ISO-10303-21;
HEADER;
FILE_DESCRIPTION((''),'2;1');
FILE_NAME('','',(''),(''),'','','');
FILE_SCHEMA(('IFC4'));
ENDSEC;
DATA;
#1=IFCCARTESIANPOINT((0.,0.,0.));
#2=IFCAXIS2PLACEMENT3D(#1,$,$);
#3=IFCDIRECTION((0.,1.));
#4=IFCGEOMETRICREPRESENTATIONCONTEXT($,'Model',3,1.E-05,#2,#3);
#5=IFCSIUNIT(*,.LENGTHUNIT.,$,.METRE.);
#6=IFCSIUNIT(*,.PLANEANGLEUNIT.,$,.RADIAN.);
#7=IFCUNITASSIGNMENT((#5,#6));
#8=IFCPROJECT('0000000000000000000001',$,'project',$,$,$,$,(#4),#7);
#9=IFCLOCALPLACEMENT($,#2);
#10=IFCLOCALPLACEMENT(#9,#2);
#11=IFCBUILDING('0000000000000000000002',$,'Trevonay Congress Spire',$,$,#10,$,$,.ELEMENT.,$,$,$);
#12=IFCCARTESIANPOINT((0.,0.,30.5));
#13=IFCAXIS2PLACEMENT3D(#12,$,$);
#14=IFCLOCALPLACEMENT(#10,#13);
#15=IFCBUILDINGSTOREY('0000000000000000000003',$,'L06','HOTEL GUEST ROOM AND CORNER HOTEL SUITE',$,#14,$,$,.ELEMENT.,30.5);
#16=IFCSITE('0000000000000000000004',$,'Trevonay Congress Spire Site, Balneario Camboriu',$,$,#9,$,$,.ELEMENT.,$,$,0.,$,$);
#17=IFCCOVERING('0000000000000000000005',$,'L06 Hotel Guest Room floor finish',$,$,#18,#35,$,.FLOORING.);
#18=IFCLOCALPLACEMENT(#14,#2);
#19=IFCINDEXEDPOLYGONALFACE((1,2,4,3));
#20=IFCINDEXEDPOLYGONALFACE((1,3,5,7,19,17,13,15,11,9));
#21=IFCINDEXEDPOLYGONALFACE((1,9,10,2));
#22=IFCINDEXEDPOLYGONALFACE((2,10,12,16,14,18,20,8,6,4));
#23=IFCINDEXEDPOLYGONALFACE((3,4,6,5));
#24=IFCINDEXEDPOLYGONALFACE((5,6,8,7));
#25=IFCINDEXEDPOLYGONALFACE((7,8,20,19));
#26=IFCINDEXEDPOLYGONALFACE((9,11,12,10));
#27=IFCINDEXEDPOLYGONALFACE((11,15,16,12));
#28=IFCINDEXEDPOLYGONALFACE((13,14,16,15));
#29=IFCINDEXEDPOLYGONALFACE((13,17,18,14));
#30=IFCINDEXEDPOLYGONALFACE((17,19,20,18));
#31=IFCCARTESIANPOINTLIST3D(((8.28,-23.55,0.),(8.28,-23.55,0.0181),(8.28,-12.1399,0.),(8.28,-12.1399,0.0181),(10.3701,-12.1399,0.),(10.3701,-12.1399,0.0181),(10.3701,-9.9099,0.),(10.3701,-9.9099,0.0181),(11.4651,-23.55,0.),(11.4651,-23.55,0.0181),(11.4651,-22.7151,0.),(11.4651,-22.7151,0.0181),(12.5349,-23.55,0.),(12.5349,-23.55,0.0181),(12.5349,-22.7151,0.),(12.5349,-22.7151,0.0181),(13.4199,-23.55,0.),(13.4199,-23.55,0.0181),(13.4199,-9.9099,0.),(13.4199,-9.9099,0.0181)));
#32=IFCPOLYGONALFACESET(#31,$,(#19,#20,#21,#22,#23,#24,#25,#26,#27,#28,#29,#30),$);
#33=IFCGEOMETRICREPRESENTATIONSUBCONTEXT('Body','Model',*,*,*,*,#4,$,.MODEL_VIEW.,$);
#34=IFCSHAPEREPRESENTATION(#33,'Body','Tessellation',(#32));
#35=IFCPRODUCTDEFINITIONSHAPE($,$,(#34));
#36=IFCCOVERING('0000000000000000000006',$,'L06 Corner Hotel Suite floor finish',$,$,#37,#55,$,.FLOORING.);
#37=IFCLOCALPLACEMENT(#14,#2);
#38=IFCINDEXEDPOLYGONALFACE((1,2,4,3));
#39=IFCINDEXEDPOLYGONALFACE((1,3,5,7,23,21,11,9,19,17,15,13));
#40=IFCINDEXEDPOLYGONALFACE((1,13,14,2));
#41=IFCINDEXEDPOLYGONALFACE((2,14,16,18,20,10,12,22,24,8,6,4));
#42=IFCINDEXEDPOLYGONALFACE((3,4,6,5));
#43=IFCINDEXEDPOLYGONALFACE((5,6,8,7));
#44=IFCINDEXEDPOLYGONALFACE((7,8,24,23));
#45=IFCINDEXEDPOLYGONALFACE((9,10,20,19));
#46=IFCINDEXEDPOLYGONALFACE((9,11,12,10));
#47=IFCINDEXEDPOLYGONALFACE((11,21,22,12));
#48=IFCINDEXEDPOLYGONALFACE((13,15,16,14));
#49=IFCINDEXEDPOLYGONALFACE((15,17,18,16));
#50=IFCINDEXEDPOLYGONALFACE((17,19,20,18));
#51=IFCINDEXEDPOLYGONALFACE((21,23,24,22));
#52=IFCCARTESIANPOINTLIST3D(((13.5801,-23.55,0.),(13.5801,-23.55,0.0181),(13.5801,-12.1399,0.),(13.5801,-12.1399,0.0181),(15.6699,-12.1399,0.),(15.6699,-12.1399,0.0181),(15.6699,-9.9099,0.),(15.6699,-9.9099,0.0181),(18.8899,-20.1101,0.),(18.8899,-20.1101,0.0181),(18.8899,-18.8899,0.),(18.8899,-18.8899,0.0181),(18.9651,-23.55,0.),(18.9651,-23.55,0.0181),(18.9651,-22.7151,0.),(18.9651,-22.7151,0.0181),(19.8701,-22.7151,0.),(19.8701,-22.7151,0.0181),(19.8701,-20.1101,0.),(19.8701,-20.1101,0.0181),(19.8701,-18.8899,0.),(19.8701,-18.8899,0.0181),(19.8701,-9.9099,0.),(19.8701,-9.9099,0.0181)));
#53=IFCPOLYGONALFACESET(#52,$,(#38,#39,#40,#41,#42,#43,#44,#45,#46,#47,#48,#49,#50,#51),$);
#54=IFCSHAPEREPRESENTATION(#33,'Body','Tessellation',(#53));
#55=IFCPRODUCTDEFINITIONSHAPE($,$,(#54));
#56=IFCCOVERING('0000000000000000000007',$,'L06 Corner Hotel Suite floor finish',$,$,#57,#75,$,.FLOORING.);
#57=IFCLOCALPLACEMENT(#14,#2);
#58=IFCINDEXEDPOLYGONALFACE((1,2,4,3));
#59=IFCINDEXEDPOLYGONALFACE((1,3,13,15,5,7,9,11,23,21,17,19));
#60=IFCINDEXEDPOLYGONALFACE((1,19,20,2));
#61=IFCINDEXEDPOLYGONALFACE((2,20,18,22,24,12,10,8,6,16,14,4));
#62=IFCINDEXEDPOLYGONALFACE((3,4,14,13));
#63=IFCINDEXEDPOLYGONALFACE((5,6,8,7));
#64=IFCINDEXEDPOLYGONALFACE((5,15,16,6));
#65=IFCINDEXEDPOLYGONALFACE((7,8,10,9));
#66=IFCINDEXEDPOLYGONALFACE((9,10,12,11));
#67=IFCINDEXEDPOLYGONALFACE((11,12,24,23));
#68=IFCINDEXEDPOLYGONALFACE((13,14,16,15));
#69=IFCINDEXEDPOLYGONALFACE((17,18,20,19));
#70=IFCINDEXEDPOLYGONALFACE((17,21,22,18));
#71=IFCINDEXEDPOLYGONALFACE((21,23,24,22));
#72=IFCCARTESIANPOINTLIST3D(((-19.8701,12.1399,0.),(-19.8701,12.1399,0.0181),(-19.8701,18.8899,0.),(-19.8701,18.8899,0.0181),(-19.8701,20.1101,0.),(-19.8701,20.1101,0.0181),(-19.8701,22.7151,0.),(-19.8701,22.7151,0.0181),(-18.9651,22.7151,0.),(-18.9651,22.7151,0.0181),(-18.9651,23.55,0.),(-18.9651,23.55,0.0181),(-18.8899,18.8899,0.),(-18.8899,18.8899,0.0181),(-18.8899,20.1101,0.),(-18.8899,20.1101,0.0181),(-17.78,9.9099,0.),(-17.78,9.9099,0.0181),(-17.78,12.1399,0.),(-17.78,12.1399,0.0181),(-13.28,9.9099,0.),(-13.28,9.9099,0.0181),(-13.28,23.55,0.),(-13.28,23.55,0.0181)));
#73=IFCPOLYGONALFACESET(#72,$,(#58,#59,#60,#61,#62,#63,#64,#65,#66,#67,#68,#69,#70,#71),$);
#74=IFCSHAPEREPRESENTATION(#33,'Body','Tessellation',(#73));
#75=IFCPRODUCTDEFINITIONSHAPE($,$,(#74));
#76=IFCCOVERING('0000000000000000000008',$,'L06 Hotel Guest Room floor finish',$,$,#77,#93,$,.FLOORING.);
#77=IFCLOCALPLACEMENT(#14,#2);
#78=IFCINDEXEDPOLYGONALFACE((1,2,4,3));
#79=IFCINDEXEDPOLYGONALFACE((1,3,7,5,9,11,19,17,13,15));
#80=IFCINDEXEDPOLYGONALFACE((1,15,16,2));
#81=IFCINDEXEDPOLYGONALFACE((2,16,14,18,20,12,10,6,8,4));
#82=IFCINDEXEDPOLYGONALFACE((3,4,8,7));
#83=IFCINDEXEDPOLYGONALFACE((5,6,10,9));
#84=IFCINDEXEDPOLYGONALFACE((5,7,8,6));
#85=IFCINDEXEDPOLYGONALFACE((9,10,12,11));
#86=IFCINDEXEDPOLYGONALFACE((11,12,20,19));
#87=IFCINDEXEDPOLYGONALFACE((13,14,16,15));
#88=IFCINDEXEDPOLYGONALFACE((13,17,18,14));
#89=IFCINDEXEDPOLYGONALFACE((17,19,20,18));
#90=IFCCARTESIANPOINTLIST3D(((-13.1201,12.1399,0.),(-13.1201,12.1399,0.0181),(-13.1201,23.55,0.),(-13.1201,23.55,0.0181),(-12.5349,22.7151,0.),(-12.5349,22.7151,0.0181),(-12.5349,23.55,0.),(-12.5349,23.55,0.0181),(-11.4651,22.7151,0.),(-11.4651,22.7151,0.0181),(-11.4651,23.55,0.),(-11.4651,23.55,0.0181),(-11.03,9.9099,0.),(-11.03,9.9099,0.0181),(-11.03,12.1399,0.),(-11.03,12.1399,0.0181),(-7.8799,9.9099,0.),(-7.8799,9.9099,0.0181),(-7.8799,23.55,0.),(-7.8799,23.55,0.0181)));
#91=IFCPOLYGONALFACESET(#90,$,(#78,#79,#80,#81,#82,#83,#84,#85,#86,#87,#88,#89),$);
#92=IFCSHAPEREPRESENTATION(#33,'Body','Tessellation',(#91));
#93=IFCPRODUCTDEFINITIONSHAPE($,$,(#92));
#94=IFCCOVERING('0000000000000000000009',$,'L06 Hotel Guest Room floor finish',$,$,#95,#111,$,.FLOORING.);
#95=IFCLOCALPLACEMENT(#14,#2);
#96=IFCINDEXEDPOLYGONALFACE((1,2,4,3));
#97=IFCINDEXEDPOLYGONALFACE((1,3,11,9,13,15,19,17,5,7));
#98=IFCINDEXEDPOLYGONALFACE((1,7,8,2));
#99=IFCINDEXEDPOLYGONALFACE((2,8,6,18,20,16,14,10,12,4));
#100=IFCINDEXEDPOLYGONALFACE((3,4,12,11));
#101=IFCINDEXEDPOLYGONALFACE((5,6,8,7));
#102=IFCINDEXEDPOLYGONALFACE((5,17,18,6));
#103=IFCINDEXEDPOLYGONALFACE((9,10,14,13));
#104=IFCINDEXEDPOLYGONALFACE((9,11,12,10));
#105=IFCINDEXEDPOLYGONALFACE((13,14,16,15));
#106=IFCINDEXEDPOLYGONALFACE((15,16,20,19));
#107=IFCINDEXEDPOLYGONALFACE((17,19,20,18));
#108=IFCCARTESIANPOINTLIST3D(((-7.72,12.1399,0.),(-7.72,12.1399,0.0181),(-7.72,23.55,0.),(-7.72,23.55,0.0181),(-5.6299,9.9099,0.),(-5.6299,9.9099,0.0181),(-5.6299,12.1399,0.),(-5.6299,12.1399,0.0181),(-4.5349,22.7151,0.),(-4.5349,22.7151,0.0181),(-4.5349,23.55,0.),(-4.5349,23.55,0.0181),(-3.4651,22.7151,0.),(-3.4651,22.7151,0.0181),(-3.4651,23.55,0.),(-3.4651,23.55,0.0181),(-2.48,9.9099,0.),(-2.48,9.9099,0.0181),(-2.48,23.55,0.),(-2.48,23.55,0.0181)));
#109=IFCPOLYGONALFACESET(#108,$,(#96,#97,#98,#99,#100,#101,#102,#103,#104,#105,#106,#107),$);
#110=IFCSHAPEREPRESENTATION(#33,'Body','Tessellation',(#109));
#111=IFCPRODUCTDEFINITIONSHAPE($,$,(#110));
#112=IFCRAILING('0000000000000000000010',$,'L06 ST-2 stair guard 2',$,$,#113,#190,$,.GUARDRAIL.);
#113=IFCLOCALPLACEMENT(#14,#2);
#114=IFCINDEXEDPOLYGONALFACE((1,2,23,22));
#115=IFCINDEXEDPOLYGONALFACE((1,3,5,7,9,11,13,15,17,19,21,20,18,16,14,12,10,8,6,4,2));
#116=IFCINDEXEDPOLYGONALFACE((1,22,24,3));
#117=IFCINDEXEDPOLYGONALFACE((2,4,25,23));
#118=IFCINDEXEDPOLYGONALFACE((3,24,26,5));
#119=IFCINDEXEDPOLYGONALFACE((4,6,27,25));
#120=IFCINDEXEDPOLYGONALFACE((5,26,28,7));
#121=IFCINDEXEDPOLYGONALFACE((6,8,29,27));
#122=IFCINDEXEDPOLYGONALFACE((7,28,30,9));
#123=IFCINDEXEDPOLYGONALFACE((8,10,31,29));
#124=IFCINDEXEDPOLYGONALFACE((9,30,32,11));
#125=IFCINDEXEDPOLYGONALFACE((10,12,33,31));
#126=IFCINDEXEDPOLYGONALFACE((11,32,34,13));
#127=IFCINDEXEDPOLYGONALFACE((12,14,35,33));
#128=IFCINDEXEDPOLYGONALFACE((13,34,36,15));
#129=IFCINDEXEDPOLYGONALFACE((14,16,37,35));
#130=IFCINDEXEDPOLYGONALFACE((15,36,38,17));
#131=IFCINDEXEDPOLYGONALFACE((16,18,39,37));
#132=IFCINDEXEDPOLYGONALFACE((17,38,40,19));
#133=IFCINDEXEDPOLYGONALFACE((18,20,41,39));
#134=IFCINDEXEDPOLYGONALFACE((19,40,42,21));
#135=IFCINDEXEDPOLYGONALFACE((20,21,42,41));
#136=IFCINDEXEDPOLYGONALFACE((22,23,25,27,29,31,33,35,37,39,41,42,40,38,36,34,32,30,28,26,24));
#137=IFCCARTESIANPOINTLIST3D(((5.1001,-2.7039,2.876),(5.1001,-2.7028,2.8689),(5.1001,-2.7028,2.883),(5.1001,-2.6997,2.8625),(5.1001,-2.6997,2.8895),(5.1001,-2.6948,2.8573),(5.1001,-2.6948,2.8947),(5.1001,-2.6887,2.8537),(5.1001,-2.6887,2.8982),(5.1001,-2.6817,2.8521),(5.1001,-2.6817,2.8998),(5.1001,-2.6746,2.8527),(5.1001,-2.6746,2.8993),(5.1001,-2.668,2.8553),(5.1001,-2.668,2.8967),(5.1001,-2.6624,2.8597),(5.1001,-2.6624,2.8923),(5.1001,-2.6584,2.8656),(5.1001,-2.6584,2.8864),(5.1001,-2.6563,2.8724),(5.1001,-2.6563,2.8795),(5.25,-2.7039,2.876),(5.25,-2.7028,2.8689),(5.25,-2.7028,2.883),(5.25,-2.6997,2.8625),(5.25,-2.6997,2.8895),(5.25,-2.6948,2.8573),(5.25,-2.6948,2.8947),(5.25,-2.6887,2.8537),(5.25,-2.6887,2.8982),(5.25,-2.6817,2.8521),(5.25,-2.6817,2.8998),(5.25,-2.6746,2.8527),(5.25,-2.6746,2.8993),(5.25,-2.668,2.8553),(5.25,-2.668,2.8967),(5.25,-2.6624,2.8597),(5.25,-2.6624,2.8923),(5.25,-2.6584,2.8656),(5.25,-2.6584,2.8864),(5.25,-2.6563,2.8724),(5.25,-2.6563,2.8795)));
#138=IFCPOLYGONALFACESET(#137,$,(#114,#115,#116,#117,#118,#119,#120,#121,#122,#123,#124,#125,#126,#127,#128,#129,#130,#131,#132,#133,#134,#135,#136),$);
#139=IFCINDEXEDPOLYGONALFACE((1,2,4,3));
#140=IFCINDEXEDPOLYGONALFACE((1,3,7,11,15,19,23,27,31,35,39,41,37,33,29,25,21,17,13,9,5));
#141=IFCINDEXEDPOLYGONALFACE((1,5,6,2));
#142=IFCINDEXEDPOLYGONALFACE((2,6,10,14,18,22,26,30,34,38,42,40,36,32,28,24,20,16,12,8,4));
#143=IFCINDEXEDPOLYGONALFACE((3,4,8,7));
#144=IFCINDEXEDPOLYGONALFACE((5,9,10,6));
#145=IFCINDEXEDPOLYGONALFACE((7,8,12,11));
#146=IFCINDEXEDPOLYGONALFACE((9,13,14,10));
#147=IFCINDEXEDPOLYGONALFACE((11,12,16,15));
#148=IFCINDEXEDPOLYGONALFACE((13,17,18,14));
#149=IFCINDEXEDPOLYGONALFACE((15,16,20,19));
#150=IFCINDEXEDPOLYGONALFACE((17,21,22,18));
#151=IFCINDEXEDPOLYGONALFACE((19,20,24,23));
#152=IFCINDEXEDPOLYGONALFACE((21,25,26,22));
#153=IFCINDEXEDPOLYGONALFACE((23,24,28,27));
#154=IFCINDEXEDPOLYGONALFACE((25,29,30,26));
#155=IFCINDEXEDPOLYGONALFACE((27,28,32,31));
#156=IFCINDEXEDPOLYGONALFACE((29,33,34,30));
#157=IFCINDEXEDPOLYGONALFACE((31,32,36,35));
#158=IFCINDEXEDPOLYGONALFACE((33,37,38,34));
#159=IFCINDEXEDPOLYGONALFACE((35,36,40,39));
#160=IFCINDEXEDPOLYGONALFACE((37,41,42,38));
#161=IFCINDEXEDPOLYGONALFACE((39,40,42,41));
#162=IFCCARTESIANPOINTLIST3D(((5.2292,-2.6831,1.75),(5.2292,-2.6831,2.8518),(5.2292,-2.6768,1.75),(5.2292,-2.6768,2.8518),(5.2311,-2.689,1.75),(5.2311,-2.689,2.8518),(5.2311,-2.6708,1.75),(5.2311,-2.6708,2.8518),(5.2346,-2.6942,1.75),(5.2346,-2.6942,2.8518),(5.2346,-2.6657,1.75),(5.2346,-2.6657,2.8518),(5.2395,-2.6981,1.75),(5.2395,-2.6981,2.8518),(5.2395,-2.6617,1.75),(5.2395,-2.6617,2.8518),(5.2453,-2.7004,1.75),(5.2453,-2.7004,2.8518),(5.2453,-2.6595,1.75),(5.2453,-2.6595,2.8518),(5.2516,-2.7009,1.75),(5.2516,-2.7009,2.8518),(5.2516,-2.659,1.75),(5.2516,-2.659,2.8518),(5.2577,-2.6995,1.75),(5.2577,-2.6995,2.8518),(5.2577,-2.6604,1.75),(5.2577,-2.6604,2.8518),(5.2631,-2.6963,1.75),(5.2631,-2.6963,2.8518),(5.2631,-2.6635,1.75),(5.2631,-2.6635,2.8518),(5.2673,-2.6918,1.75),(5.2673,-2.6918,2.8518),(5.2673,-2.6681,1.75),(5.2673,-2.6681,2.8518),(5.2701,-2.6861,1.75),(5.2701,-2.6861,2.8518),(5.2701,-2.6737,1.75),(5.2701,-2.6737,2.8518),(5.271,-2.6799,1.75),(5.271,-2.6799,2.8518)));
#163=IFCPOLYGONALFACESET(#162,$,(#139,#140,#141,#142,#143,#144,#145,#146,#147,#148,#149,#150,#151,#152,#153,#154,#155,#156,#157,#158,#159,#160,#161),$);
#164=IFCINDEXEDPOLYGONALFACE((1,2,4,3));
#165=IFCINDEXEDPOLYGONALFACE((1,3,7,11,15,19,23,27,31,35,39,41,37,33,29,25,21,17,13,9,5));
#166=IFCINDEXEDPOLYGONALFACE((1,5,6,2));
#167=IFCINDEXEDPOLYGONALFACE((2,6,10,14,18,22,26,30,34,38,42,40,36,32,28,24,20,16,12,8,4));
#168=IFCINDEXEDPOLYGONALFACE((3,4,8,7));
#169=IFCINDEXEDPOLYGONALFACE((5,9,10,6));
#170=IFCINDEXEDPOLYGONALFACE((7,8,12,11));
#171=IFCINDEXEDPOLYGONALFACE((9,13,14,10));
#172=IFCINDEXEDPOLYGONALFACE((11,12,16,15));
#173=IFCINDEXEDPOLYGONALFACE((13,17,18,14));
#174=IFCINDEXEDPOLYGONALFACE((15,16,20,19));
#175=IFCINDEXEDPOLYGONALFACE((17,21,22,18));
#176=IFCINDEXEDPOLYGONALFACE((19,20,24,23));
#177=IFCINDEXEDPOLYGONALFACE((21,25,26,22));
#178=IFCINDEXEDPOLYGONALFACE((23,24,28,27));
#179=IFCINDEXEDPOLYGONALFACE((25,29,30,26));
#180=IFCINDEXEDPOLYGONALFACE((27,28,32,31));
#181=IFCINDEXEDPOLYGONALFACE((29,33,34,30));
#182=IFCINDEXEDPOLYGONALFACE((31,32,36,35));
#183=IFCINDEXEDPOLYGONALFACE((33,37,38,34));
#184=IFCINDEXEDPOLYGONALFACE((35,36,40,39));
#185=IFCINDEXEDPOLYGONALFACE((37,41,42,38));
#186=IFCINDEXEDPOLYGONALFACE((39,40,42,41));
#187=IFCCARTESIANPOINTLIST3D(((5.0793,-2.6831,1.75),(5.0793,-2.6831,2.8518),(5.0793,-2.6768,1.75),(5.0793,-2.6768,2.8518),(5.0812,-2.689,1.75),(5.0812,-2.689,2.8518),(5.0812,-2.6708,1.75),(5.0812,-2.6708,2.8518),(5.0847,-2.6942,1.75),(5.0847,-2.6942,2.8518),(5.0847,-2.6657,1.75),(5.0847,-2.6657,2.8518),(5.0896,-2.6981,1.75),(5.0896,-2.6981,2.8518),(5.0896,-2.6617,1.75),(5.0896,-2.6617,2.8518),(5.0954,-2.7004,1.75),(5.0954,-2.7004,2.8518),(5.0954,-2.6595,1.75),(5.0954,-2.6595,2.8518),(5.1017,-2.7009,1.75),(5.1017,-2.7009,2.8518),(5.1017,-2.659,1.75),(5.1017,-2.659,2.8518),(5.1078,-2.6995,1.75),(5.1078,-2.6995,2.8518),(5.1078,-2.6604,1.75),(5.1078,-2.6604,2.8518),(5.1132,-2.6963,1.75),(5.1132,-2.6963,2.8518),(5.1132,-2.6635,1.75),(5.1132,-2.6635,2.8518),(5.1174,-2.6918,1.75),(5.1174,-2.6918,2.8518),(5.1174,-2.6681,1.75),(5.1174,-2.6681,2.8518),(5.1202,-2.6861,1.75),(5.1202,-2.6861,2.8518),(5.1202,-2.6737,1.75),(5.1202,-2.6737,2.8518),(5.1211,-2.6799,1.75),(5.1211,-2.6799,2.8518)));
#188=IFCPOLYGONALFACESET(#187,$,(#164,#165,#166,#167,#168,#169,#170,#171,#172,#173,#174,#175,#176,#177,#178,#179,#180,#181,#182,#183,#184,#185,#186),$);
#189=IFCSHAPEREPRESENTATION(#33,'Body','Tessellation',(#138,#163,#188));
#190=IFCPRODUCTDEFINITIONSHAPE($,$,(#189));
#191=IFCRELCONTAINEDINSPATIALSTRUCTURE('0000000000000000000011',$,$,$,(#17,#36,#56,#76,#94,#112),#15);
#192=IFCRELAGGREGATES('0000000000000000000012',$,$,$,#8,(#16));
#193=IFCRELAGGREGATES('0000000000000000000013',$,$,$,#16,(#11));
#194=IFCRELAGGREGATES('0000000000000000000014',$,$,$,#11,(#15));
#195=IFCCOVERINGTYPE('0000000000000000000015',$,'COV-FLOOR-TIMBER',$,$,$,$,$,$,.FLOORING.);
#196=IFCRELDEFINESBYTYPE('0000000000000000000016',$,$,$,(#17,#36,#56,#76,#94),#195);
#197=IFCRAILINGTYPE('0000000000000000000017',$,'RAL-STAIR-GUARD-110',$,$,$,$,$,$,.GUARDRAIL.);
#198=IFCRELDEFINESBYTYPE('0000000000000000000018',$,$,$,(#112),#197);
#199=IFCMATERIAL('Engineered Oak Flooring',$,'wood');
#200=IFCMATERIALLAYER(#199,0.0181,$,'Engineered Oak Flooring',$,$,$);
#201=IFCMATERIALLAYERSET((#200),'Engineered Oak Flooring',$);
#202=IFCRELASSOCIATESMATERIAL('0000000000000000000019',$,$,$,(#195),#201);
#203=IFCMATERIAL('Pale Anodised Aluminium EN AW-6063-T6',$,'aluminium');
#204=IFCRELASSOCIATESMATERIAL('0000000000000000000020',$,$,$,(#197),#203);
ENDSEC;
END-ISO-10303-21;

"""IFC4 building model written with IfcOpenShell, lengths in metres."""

from ifc_helpers import new_model, si_unit, direction, frame, origin, origin_2d, place, context, subcontext, project, spatial, polyline, circle, outline, extrude, material, layer, layer_set, type_object, element, save


model = new_model("IFC4")

# Units and contexts
model_context = context("Model", 3, precision=1e-05, world=origin(), true_north=direction((0.0, 1.0)))
body_context = subcontext(model_context, "Body", "Model", "MODEL_VIEW")
ifc_project = project(units=[si_unit("LENGTHUNIT", "METRE"), si_unit("PLANEANGLEUNIT", "RADIAN")], contexts=[model_context])

# Site, building, storey
site_placement = place(None, origin())
site = spatial("IfcSite", under=ifc_project, at=site_placement, Name="Trevonay Congress Spire Site, Balneario Camboriu", CompositionType="ELEMENT", RefElevation=0.0)
building_placement = place(site_placement, origin())
building = spatial("IfcBuilding", under=site, at=building_placement, Name="Trevonay Congress Spire", CompositionType="ELEMENT")
storey_placement = place(building_placement, frame((0.0, 0.0, 30.5)))
storey = spatial("IfcBuildingStorey", under=building, at=storey_placement, Name="L06", Description="HOTEL GUEST ROOM AND CORNER HOTEL SUITE", CompositionType="ELEMENT", Elevation=30.5)

# Coverings
ifc_material_1 = material(Name="Engineered Oak Flooring", Category="wood")
ifc_layer_1 = layer(ifc_material_1, 0.0181, Name="Engineered Oak Flooring")
ifc_layer_set_1 = layer_set([ifc_layer_1], Name="Engineered Oak Flooring")
covering_type_1 = type_object("IfcCoveringType", Name="COV-FLOOR-TIMBER", PredefinedType="FLOORING", material=ifc_layer_set_1)
covering_1_placement = place(storey_placement, origin())
element("IfcCovering", 1, at=covering_1_placement, inside=storey, type_object=covering_type_1, Name="L06 Hotel Guest Room floor finish", PredefinedType="FLOORING", context=body_context, shape_type="SweptSolid", body=[
    extrude(outline(polyline([(8.28, -23.55), (8.28, -12.1399), (10.3701, -12.1399), (10.3701, -9.9099), (13.4199, -9.9099), (13.4199, -23.55), (12.5349, -23.55), (12.5349, -22.7151), (11.4651, -22.7151), (11.4651, -23.55), (8.28, -23.55)])), origin(), (0.0, 0.0, 1.0), 0.0181),
])
covering_2_placement = place(storey_placement, origin())
element("IfcCovering", 2, at=covering_2_placement, inside=storey, type_object=covering_type_1, Name="L06 Corner Hotel Suite floor finish", PredefinedType="FLOORING", context=body_context, shape_type="SweptSolid", body=[
    extrude(outline(polyline([(13.5801, -23.55), (13.5801, -12.1399), (15.6699, -12.1399), (15.6699, -9.9099), (19.8701, -9.9099), (19.8701, -18.8899), (18.8899, -18.8899), (18.8899, -20.1101), (19.8701, -20.1101), (19.8701, -22.7151), (18.9651, -22.7151), (18.9651, -23.55), (13.5801, -23.55)])), origin(), (0.0, 0.0, 1.0), 0.0181),
])
covering_3_placement = place(storey_placement, origin())
element("IfcCovering", 3, at=covering_3_placement, inside=storey, type_object=covering_type_1, Name="L06 Corner Hotel Suite floor finish", PredefinedType="FLOORING", context=body_context, shape_type="SweptSolid", body=[
    extrude(outline(polyline([(-13.28, 23.55), (-13.28, 9.9099), (-17.78, 9.9099), (-17.78, 12.1399), (-19.8701, 12.1399), (-19.8701, 18.8899), (-18.8899, 18.8899), (-18.8899, 20.1101), (-19.8701, 20.1101), (-19.8701, 22.7151), (-18.9651, 22.7151), (-18.9651, 23.55), (-13.28, 23.55)])), origin(), (0.0, 0.0, 1.0), 0.0181),
])
covering_4_placement = place(storey_placement, origin())
element("IfcCovering", 4, at=covering_4_placement, inside=storey, type_object=covering_type_1, Name="L06 Hotel Guest Room floor finish", PredefinedType="FLOORING", context=body_context, shape_type="SweptSolid", body=[
    extrude(outline(polyline([(-7.8799, 23.55), (-7.8799, 9.9099), (-11.03, 9.9099), (-11.03, 12.1399), (-13.1201, 12.1399), (-13.1201, 23.55), (-12.5349, 23.55), (-12.5349, 22.7151), (-11.4651, 22.7151), (-11.4651, 23.55), (-7.8799, 23.55)])), origin(), (0.0, 0.0, 1.0), 0.0181),
])
covering_5_placement = place(storey_placement, origin())
element("IfcCovering", 5, at=covering_5_placement, inside=storey, type_object=covering_type_1, Name="L06 Hotel Guest Room floor finish", PredefinedType="FLOORING", context=body_context, shape_type="SweptSolid", body=[
    extrude(outline(polyline([(-2.48, 23.55), (-2.48, 9.9099), (-5.6299, 9.9099), (-5.6299, 12.1399), (-7.72, 12.1399), (-7.72, 23.55), (-4.5349, 23.55), (-4.5349, 22.7151), (-3.4651, 22.7151), (-3.4651, 23.55), (-2.48, 23.55)])), origin(), (0.0, 0.0, 1.0), 0.0181),
])

# Railing
ifc_material_2 = material(Name="Pale Anodised Aluminium EN AW-6063-T6", Category="aluminium")
railing_type = type_object("IfcRailingType", Name="RAL-STAIR-GUARD-110", PredefinedType="GUARDRAIL", material=ifc_material_2)
railing_placement = place(storey_placement, frame((5.25, -2.6799, 1.75)))
element("IfcRailing", 6, at=railing_placement, inside=storey, type_object=railing_type, Name="L06 ST-2 stair guard 2", PredefinedType="GUARDRAIL", context=body_context, shape_type="SweptSolid", body=[
    extrude(circle(Radius=0.0239, at=origin_2d()), frame((0.0, 0.0, 1.126), z_axis=(-1.0, 0.0, 0.0), x_axis=(0.0, -1.0, 0.0)), (0.0, 0.0, 1.0), 0.1499),
    extrude(circle(Radius=0.021, at=origin_2d()), origin(), (0.0, 0.0, 1.0), 1.1018),
    extrude(circle(Radius=0.021, at=origin_2d()), frame((-0.1499, 0.0, 0.0)), (0.0, 0.0, 1.0), 1.1018),
])

save(model, "model.ifc")
